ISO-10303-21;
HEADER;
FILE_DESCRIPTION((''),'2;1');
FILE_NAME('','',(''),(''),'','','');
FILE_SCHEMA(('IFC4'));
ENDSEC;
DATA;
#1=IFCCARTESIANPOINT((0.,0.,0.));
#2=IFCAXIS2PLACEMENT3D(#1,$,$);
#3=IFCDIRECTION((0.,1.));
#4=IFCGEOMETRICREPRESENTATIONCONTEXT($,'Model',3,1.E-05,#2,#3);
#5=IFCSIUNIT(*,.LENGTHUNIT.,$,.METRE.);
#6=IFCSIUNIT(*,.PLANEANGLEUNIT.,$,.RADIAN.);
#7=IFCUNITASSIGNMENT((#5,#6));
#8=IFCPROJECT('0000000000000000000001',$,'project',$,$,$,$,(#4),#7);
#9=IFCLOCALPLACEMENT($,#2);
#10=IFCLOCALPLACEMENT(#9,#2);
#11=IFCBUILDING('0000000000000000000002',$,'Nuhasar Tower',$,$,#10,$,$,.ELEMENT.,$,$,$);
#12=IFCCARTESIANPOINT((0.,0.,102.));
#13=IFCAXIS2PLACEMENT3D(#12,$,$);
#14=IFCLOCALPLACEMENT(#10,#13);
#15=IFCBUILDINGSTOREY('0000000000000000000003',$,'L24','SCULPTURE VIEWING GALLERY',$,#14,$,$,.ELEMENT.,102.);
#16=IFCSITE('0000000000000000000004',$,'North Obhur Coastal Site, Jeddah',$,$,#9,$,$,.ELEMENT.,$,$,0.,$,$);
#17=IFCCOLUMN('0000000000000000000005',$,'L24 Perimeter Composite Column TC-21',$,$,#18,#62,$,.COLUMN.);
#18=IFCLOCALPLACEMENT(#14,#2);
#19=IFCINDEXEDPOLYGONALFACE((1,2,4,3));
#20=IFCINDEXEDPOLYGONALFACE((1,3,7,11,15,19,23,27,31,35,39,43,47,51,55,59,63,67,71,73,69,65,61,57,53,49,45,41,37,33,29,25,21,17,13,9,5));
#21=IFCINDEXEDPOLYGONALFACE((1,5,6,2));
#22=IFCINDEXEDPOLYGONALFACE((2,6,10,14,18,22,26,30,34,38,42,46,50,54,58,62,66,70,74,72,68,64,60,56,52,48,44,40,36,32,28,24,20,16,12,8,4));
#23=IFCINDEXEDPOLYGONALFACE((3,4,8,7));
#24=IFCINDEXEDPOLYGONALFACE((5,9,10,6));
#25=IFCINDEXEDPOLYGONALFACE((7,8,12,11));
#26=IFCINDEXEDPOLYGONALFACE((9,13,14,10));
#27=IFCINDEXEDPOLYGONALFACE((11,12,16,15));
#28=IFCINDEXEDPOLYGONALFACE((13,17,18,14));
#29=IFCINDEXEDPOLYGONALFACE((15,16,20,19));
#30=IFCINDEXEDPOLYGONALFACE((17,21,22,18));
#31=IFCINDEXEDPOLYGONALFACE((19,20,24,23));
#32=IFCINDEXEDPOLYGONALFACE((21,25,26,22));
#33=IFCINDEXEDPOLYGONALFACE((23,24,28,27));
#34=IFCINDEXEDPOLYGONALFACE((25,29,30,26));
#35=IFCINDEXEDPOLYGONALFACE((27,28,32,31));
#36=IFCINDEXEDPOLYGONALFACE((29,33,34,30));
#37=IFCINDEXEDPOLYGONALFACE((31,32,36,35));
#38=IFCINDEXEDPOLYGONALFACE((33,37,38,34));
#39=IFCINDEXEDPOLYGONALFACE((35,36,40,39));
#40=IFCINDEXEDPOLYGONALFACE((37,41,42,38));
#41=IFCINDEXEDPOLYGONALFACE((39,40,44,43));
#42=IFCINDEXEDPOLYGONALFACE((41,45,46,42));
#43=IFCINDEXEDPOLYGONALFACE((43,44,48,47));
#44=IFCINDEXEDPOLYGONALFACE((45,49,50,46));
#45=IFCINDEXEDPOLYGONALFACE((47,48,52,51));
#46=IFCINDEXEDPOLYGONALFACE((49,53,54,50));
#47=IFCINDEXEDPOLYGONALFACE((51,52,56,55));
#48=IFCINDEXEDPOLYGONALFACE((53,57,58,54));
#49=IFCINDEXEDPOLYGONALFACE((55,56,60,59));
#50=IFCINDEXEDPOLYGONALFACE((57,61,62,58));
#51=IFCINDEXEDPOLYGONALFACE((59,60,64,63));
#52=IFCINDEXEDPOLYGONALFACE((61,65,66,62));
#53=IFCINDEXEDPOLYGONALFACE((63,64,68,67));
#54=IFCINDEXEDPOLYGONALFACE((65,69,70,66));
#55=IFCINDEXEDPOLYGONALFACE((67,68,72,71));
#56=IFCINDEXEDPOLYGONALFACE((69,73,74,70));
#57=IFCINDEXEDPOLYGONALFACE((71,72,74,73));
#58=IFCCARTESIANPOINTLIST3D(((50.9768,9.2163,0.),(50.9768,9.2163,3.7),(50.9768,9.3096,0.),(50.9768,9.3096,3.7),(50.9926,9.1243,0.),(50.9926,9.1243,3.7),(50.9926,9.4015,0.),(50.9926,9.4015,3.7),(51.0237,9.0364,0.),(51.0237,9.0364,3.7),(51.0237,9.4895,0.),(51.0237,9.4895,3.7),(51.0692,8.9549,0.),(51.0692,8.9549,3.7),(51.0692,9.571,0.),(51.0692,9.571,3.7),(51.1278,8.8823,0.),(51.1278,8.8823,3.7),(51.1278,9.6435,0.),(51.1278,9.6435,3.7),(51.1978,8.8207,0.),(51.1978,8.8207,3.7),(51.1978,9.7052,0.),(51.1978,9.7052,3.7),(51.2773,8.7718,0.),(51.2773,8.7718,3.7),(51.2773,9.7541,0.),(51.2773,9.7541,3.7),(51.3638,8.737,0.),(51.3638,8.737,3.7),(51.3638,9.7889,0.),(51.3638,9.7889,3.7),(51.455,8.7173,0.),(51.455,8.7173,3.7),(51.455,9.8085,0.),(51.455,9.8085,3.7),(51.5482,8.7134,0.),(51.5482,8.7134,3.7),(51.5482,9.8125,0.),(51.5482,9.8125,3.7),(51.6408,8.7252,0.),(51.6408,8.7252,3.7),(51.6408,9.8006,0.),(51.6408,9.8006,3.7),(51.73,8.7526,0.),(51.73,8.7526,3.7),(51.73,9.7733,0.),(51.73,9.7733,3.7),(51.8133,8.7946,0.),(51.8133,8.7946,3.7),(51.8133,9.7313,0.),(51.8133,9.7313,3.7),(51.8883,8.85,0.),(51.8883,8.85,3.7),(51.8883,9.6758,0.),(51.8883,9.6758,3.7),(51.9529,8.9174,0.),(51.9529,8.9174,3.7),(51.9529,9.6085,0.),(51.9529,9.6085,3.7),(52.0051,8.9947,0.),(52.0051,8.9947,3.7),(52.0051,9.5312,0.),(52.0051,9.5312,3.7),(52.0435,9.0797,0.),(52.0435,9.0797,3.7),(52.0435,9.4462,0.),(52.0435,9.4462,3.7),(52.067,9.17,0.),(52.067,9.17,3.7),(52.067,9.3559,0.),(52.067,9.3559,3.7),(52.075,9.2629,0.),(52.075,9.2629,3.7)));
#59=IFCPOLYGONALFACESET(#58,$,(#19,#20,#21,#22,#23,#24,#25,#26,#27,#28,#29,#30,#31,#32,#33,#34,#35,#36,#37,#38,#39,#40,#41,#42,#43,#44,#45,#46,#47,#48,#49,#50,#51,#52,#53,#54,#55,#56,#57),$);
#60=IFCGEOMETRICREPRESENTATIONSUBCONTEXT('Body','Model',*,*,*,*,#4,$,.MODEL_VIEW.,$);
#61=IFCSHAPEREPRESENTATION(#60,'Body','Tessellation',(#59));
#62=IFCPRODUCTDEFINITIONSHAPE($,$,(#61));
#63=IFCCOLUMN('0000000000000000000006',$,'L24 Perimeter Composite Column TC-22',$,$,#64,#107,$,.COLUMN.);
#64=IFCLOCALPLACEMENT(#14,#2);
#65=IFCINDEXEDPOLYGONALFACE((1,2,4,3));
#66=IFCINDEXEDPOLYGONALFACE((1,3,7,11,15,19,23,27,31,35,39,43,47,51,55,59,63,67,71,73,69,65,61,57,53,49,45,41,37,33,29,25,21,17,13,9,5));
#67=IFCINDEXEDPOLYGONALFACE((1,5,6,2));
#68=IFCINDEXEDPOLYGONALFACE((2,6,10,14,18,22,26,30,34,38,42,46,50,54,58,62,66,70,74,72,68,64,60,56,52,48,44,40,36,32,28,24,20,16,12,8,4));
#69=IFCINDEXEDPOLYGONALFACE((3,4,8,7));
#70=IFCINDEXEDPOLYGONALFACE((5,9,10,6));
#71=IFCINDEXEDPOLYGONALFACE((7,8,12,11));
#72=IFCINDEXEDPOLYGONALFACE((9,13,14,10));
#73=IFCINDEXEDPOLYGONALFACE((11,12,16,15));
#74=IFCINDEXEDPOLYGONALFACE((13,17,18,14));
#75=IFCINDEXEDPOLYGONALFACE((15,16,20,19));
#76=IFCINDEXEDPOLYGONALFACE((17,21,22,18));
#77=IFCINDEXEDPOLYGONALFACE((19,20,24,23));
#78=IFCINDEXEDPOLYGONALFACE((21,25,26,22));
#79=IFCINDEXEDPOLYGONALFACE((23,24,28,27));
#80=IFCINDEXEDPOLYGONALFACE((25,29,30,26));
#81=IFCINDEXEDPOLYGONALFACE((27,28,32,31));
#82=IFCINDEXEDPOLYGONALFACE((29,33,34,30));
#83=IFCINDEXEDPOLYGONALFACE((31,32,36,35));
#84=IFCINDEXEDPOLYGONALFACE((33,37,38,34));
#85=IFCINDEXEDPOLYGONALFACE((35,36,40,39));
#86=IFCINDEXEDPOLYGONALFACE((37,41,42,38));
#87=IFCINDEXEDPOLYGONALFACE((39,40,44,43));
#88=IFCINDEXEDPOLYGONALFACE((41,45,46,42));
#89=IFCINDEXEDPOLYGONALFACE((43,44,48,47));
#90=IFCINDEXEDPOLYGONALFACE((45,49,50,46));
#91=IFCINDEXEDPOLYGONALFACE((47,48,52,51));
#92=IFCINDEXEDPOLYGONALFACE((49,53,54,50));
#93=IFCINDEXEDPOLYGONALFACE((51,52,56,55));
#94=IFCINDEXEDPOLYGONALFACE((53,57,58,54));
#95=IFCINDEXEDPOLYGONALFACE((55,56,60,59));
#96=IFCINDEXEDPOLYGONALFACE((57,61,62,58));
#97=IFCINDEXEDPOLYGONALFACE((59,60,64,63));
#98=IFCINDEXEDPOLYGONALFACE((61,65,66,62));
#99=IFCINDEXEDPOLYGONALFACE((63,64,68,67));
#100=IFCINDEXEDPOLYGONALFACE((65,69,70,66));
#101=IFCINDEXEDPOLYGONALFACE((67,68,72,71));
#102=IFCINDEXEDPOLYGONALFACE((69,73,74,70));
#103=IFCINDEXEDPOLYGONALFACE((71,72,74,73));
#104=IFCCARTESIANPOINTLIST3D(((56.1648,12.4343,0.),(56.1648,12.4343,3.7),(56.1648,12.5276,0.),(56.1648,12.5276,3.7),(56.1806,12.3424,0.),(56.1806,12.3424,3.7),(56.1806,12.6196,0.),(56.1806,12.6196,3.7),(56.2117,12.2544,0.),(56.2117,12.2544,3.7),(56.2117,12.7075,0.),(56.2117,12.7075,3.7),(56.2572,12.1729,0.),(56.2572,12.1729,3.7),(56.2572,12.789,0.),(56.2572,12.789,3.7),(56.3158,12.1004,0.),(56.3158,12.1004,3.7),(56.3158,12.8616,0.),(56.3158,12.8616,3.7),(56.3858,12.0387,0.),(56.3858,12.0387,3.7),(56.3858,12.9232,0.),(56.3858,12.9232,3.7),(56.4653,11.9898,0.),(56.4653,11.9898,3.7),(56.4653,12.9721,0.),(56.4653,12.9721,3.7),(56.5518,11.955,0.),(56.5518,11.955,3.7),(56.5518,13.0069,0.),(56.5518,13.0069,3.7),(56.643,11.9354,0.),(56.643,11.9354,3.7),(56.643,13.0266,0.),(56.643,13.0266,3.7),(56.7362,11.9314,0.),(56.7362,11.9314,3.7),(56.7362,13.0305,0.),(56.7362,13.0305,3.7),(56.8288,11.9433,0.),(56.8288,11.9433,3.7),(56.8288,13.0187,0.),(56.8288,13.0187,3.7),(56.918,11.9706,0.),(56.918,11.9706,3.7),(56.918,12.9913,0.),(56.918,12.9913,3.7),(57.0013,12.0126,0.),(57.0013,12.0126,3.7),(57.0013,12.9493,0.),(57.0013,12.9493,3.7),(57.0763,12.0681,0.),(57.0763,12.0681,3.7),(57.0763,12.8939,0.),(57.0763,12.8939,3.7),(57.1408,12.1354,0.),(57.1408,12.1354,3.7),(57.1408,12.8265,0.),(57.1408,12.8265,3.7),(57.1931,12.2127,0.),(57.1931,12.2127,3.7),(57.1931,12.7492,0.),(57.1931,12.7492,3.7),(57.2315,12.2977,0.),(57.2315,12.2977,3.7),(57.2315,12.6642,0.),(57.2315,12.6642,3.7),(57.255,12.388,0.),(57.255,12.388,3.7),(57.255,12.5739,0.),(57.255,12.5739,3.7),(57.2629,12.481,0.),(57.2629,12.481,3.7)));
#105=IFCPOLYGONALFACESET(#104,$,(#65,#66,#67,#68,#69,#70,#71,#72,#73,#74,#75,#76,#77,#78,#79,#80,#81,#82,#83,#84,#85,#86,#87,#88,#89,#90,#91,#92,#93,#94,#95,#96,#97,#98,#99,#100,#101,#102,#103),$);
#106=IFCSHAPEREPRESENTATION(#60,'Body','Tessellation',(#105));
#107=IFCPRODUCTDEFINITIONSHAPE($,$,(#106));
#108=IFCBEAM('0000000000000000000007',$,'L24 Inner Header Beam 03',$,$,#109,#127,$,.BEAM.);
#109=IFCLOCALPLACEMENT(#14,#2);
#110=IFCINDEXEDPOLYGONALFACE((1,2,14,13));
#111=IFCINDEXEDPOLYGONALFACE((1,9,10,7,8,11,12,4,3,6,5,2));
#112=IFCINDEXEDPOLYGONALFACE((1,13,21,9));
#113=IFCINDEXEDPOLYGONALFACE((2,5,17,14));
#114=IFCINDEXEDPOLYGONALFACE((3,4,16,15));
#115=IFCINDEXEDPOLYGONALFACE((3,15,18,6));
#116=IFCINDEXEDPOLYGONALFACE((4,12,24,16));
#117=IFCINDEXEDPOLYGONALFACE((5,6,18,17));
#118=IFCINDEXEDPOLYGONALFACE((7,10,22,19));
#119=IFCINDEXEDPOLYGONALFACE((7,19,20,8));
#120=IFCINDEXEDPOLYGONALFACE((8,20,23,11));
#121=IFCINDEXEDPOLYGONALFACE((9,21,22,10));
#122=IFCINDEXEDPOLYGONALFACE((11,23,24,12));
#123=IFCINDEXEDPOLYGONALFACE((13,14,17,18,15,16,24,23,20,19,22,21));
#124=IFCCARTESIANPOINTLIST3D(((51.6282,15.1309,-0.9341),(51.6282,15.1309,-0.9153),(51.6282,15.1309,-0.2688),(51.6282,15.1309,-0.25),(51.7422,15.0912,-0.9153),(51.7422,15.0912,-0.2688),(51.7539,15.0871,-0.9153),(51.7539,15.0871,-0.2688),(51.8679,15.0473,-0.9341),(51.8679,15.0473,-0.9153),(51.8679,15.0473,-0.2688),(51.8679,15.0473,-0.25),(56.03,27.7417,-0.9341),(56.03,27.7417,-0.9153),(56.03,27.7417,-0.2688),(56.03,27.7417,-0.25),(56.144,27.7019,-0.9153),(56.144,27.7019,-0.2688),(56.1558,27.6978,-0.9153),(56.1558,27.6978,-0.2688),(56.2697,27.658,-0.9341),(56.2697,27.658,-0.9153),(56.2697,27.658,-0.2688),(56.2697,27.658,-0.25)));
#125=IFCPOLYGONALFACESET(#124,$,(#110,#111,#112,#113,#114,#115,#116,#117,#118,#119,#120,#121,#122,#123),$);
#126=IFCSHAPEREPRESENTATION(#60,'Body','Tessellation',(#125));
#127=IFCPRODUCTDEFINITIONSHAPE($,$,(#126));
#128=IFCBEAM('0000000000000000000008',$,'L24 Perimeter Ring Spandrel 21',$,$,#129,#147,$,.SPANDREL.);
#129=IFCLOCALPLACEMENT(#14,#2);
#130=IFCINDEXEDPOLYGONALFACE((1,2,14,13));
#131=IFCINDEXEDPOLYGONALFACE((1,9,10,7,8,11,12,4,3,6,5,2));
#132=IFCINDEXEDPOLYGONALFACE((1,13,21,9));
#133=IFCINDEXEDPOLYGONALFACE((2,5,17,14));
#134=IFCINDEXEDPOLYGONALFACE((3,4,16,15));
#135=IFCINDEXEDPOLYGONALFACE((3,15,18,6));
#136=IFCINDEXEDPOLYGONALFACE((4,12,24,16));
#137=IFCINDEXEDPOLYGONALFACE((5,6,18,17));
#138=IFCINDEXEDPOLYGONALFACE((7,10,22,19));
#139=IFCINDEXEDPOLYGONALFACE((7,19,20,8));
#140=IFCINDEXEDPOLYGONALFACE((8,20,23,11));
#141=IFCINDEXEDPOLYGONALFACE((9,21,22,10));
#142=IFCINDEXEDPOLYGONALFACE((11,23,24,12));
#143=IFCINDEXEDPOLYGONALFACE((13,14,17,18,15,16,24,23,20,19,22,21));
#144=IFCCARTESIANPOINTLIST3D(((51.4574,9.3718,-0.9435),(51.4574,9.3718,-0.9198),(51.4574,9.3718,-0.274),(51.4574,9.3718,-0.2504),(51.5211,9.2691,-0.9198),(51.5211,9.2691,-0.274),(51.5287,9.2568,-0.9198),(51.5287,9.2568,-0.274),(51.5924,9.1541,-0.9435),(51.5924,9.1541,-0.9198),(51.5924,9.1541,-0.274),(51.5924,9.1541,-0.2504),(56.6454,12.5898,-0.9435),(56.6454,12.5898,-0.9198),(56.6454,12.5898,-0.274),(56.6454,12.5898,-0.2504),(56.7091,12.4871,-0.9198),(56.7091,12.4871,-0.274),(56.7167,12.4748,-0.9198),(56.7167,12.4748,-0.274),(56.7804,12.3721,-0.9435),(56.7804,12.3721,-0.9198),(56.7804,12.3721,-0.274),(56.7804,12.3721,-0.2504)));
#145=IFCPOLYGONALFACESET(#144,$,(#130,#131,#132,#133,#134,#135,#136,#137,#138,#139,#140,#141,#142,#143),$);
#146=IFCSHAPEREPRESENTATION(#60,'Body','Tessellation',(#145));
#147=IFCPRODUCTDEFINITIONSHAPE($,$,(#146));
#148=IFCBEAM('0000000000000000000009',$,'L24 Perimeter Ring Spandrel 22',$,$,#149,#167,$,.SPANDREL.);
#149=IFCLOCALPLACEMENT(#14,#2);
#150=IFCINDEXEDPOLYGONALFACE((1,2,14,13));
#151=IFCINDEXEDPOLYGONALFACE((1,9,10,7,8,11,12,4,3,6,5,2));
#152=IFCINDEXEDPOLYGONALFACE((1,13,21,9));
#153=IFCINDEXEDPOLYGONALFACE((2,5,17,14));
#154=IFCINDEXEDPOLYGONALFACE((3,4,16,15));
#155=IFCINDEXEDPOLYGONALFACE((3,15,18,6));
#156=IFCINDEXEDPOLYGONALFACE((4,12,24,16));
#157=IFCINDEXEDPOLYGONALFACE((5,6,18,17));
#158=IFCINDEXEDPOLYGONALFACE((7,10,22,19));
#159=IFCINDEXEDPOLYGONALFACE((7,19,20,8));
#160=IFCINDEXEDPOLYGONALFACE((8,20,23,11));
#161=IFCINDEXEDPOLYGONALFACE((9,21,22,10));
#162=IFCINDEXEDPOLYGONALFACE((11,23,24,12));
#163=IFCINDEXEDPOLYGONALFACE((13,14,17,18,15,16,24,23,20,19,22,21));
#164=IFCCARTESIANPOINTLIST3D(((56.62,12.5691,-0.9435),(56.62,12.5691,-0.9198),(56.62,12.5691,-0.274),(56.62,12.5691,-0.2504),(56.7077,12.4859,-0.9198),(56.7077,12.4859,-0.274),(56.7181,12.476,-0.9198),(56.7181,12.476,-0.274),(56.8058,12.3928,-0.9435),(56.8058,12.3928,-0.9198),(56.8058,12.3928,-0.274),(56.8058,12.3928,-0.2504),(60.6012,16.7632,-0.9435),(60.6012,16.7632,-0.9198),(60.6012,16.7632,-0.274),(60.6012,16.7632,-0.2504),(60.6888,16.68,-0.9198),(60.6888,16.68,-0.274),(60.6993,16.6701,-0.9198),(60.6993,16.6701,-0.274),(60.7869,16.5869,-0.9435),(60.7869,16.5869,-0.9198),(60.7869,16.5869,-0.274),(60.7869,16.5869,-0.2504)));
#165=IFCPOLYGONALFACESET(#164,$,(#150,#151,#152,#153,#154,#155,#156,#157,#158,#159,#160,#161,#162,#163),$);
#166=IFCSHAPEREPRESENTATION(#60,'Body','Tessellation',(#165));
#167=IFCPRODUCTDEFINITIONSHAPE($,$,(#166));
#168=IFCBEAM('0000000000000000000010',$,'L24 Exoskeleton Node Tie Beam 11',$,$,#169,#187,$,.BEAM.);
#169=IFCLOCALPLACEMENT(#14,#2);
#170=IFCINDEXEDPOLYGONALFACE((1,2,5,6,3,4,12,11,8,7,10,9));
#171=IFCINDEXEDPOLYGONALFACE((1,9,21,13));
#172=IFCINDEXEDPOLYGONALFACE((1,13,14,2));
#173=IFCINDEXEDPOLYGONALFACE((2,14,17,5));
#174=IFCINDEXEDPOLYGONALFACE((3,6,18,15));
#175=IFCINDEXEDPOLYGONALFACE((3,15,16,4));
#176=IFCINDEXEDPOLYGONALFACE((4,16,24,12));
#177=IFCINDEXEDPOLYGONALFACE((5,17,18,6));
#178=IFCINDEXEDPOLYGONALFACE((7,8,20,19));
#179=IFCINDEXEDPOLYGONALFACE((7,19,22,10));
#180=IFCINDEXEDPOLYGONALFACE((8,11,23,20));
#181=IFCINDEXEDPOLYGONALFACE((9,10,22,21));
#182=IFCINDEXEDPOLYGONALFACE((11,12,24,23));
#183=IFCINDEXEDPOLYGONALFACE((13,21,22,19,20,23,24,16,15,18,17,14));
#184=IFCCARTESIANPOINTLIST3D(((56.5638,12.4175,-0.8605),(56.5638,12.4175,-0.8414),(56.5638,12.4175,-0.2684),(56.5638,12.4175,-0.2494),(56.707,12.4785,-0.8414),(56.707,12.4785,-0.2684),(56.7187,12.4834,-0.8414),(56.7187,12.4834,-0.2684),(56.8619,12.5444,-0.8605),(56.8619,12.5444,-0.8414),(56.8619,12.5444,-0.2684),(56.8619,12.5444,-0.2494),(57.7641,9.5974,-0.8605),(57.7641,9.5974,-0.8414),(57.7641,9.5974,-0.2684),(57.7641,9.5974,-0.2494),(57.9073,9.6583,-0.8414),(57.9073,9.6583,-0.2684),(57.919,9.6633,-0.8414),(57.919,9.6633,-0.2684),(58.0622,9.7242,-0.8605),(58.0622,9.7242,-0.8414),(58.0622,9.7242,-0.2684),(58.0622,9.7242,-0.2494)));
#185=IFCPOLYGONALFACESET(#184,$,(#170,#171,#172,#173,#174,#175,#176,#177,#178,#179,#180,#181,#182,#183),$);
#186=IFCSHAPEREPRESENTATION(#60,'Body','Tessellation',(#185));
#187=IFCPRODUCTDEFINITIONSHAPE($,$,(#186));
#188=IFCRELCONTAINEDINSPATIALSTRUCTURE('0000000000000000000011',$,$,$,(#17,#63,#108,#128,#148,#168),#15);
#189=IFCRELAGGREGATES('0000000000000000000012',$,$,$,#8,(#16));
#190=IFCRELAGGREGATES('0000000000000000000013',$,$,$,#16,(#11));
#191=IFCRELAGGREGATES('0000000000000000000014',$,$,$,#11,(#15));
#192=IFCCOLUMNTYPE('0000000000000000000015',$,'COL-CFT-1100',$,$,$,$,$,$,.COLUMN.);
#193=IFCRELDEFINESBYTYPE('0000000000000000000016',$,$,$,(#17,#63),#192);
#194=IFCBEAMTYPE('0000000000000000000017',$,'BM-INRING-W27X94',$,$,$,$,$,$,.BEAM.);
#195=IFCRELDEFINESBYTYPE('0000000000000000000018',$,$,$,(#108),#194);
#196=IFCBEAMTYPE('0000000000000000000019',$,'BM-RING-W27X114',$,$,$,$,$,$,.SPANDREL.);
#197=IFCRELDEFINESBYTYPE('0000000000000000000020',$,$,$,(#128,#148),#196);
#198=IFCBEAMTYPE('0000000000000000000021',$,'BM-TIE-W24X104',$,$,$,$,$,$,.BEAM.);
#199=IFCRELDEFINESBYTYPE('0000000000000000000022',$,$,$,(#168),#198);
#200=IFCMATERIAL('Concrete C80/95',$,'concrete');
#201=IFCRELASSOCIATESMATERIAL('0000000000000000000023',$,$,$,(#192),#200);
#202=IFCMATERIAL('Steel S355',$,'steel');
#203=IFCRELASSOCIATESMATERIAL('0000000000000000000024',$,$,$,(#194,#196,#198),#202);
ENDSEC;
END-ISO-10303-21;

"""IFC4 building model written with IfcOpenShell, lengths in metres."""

from ifc_helpers import new_model, si_unit, direction, frame, origin, origin_2d, place, context, subcontext, project, spatial, circle, i_section, extrude, material, material_profile, profile_set, type_object, element, save


model = new_model("IFC4")

# Units and contexts
model_context = context("Model", 3, precision=1e-05, world=origin(), true_north=direction((0.0, 1.0)))
body_context = subcontext(model_context, "Body", "Model", "MODEL_VIEW")
ifc_project = project(units=[si_unit("LENGTHUNIT", "METRE"), si_unit("PLANEANGLEUNIT", "RADIAN")], contexts=[model_context])

# Site, building, storey
site_placement = place(None, origin())
site = spatial("IfcSite", under=ifc_project, at=site_placement, Name="North Obhur Coastal Site, Jeddah", CompositionType="ELEMENT", RefElevation=0.0)
building_placement = place(site_placement, origin())
building = spatial("IfcBuilding", under=site, at=building_placement, Name="Nuhasar Tower", CompositionType="ELEMENT")
storey_placement = place(building_placement, frame((0.0, 0.0, 102.0)))
storey = spatial("IfcBuildingStorey", under=building, at=storey_placement, Name="L24", Description="SCULPTURE VIEWING GALLERY", CompositionType="ELEMENT", Elevation=102.0)

# Columns
ifc_material_1 = material(Name="Concrete C80/95", Category="concrete")
ifc_material_profile_1 = material_profile(ifc_material_1, circle(Radius=0.55, at=origin_2d()), Name="CFT1100")
ifc_profile_set_1 = profile_set([ifc_material_profile_1], Name="Concrete C80/95")
column_type = type_object("IfcColumnType", Name="COL-CFT-1100", PredefinedType="COLUMN", material=ifc_profile_set_1)
for number, where, z_axis, x_axis, name in (
    (1, (51.5249, 9.2629, 0.0), (0.0, 0.0, 1.0), (1.0, 0.0, 0.0), "L24 Perimeter Composite Column TC-21"),
    (2, (56.7129, 12.481, 0.0), (0.0, 0.0, 1.0), (1.0, 0.0, 0.0), "L24 Perimeter Composite Column TC-22"),
):
    element("IfcColumn", number, at=place(storey_placement, frame(where, z_axis=z_axis, x_axis=x_axis)), inside=storey, type_object=column_type, Name=name, PredefinedType="COLUMN", context=body_context, shape_type="SweptSolid", body=[
        extrude(circle(Radius=0.55, at=origin_2d()), origin(), (0.0, 0.0, 1.0), 3.7),
    ])

# Beams
ifc_material_2 = material(Name="Steel S355", Category="steel")
ifc_material_profile_2 = material_profile(ifc_material_2, i_section(OverallWidth=0.2539, OverallDepth=0.6841, WebThickness=0.0125, FlangeThickness=0.0188, at=origin_2d()), Name="W27X94")
ifc_profile_set_2 = profile_set([ifc_material_profile_2], Name="Steel S355")
beam_type_1 = type_object("IfcBeamType", Name="BM-INRING-W27X94", PredefinedType="BEAM", material=ifc_profile_set_2)
beam_1_placement = place(storey_placement, frame((51.748, 15.0891, -0.592), z_axis=(0.329554, 0.944137, 0.0), x_axis=(-0.944137, 0.329554, 0.0)))
element("IfcBeam", 3, at=beam_1_placement, inside=storey, type_object=beam_type_1, Name="L24 Inner Header Beam 03", PredefinedType="BEAM", context=body_context, shape_type="SweptSolid", body=[
    extrude(i_section(OverallWidth=0.2539, OverallDepth=0.6841, WebThickness=0.0125, FlangeThickness=0.0188, at=origin_2d()), origin(), (0.0, 0.0, 1.0), 13.3569),
])
ifc_material_profile_3 = material_profile(ifc_material_2, i_section(OverallWidth=0.2561, OverallDepth=0.6931, WebThickness=0.0144, FlangeThickness=0.0237, at=origin_2d()), Name="W27X114")
ifc_profile_set_3 = profile_set([ifc_material_profile_3], Name="Steel S355")
beam_type_2 = type_object("IfcBeamType", Name="BM-RING-W27X114", PredefinedType="SPANDREL", material=ifc_profile_set_3)
beam_2_placement = place(storey_placement, frame((51.5249, 9.2629, -0.5969), z_axis=(0.849795, 0.527113, 0.0), x_axis=(-0.527113, 0.849795, 0.0)))
element("IfcBeam", 4, at=beam_2_placement, inside=storey, type_object=beam_type_2, Name="L24 Perimeter Ring Spandrel 21", PredefinedType="SPANDREL", context=body_context, shape_type="SweptSolid", body=[
    extrude(i_section(OverallWidth=0.2561, OverallDepth=0.6931, WebThickness=0.0144, FlangeThickness=0.0237, at=origin_2d()), origin(), (0.0, 0.0, 1.0), 6.105),
])
beam_3_placement = place(storey_placement, frame((56.7129, 12.481, -0.5969), z_axis=(0.68846, 0.725274, 0.0), x_axis=(-0.725274, 0.68846, 0.0)))
element("IfcBeam", 5, at=beam_3_placement, inside=storey, type_object=beam_type_2, Name="L24 Perimeter Ring Spandrel 22", PredefinedType="SPANDREL", context=body_context, shape_type="SweptSolid", body=[
    extrude(i_section(OverallWidth=0.2561, OverallDepth=0.6931, WebThickness=0.0144, FlangeThickness=0.0237, at=origin_2d()), origin(), (0.0, 0.0, 1.0), 5.7827),
])
ifc_material_profile_4 = material_profile(ifc_material_2, i_section(OverallWidth=0.324, OverallDepth=0.6111, WebThickness=0.0127, FlangeThickness=0.019, at=origin_2d()), Name="W24X104")
ifc_profile_set_4 = profile_set([ifc_material_profile_4], Name="Steel S355")
beam_type_3 = type_object("IfcBeamType", Name="BM-TIE-W24X104", PredefinedType="BEAM", material=ifc_profile_set_4)
beam_4_placement = place(storey_placement, frame((56.7129, 12.481, -0.5549), z_axis=(0.391601, -0.920135, 0.0), x_axis=(0.920135, 0.391601, 0.0)))
element("IfcBeam", 6, at=beam_4_placement, inside=storey, type_object=beam_type_3, Name="L24 Exoskeleton Node Tie Beam 11", PredefinedType="BEAM", context=body_context, shape_type="SweptSolid", body=[
    extrude(i_section(OverallWidth=0.324, OverallDepth=0.6111, WebThickness=0.0127, FlangeThickness=0.019, at=origin_2d()), origin(), (0.0, 0.0, 1.0), 3.0649),
])

save(model, "model.ifc")
